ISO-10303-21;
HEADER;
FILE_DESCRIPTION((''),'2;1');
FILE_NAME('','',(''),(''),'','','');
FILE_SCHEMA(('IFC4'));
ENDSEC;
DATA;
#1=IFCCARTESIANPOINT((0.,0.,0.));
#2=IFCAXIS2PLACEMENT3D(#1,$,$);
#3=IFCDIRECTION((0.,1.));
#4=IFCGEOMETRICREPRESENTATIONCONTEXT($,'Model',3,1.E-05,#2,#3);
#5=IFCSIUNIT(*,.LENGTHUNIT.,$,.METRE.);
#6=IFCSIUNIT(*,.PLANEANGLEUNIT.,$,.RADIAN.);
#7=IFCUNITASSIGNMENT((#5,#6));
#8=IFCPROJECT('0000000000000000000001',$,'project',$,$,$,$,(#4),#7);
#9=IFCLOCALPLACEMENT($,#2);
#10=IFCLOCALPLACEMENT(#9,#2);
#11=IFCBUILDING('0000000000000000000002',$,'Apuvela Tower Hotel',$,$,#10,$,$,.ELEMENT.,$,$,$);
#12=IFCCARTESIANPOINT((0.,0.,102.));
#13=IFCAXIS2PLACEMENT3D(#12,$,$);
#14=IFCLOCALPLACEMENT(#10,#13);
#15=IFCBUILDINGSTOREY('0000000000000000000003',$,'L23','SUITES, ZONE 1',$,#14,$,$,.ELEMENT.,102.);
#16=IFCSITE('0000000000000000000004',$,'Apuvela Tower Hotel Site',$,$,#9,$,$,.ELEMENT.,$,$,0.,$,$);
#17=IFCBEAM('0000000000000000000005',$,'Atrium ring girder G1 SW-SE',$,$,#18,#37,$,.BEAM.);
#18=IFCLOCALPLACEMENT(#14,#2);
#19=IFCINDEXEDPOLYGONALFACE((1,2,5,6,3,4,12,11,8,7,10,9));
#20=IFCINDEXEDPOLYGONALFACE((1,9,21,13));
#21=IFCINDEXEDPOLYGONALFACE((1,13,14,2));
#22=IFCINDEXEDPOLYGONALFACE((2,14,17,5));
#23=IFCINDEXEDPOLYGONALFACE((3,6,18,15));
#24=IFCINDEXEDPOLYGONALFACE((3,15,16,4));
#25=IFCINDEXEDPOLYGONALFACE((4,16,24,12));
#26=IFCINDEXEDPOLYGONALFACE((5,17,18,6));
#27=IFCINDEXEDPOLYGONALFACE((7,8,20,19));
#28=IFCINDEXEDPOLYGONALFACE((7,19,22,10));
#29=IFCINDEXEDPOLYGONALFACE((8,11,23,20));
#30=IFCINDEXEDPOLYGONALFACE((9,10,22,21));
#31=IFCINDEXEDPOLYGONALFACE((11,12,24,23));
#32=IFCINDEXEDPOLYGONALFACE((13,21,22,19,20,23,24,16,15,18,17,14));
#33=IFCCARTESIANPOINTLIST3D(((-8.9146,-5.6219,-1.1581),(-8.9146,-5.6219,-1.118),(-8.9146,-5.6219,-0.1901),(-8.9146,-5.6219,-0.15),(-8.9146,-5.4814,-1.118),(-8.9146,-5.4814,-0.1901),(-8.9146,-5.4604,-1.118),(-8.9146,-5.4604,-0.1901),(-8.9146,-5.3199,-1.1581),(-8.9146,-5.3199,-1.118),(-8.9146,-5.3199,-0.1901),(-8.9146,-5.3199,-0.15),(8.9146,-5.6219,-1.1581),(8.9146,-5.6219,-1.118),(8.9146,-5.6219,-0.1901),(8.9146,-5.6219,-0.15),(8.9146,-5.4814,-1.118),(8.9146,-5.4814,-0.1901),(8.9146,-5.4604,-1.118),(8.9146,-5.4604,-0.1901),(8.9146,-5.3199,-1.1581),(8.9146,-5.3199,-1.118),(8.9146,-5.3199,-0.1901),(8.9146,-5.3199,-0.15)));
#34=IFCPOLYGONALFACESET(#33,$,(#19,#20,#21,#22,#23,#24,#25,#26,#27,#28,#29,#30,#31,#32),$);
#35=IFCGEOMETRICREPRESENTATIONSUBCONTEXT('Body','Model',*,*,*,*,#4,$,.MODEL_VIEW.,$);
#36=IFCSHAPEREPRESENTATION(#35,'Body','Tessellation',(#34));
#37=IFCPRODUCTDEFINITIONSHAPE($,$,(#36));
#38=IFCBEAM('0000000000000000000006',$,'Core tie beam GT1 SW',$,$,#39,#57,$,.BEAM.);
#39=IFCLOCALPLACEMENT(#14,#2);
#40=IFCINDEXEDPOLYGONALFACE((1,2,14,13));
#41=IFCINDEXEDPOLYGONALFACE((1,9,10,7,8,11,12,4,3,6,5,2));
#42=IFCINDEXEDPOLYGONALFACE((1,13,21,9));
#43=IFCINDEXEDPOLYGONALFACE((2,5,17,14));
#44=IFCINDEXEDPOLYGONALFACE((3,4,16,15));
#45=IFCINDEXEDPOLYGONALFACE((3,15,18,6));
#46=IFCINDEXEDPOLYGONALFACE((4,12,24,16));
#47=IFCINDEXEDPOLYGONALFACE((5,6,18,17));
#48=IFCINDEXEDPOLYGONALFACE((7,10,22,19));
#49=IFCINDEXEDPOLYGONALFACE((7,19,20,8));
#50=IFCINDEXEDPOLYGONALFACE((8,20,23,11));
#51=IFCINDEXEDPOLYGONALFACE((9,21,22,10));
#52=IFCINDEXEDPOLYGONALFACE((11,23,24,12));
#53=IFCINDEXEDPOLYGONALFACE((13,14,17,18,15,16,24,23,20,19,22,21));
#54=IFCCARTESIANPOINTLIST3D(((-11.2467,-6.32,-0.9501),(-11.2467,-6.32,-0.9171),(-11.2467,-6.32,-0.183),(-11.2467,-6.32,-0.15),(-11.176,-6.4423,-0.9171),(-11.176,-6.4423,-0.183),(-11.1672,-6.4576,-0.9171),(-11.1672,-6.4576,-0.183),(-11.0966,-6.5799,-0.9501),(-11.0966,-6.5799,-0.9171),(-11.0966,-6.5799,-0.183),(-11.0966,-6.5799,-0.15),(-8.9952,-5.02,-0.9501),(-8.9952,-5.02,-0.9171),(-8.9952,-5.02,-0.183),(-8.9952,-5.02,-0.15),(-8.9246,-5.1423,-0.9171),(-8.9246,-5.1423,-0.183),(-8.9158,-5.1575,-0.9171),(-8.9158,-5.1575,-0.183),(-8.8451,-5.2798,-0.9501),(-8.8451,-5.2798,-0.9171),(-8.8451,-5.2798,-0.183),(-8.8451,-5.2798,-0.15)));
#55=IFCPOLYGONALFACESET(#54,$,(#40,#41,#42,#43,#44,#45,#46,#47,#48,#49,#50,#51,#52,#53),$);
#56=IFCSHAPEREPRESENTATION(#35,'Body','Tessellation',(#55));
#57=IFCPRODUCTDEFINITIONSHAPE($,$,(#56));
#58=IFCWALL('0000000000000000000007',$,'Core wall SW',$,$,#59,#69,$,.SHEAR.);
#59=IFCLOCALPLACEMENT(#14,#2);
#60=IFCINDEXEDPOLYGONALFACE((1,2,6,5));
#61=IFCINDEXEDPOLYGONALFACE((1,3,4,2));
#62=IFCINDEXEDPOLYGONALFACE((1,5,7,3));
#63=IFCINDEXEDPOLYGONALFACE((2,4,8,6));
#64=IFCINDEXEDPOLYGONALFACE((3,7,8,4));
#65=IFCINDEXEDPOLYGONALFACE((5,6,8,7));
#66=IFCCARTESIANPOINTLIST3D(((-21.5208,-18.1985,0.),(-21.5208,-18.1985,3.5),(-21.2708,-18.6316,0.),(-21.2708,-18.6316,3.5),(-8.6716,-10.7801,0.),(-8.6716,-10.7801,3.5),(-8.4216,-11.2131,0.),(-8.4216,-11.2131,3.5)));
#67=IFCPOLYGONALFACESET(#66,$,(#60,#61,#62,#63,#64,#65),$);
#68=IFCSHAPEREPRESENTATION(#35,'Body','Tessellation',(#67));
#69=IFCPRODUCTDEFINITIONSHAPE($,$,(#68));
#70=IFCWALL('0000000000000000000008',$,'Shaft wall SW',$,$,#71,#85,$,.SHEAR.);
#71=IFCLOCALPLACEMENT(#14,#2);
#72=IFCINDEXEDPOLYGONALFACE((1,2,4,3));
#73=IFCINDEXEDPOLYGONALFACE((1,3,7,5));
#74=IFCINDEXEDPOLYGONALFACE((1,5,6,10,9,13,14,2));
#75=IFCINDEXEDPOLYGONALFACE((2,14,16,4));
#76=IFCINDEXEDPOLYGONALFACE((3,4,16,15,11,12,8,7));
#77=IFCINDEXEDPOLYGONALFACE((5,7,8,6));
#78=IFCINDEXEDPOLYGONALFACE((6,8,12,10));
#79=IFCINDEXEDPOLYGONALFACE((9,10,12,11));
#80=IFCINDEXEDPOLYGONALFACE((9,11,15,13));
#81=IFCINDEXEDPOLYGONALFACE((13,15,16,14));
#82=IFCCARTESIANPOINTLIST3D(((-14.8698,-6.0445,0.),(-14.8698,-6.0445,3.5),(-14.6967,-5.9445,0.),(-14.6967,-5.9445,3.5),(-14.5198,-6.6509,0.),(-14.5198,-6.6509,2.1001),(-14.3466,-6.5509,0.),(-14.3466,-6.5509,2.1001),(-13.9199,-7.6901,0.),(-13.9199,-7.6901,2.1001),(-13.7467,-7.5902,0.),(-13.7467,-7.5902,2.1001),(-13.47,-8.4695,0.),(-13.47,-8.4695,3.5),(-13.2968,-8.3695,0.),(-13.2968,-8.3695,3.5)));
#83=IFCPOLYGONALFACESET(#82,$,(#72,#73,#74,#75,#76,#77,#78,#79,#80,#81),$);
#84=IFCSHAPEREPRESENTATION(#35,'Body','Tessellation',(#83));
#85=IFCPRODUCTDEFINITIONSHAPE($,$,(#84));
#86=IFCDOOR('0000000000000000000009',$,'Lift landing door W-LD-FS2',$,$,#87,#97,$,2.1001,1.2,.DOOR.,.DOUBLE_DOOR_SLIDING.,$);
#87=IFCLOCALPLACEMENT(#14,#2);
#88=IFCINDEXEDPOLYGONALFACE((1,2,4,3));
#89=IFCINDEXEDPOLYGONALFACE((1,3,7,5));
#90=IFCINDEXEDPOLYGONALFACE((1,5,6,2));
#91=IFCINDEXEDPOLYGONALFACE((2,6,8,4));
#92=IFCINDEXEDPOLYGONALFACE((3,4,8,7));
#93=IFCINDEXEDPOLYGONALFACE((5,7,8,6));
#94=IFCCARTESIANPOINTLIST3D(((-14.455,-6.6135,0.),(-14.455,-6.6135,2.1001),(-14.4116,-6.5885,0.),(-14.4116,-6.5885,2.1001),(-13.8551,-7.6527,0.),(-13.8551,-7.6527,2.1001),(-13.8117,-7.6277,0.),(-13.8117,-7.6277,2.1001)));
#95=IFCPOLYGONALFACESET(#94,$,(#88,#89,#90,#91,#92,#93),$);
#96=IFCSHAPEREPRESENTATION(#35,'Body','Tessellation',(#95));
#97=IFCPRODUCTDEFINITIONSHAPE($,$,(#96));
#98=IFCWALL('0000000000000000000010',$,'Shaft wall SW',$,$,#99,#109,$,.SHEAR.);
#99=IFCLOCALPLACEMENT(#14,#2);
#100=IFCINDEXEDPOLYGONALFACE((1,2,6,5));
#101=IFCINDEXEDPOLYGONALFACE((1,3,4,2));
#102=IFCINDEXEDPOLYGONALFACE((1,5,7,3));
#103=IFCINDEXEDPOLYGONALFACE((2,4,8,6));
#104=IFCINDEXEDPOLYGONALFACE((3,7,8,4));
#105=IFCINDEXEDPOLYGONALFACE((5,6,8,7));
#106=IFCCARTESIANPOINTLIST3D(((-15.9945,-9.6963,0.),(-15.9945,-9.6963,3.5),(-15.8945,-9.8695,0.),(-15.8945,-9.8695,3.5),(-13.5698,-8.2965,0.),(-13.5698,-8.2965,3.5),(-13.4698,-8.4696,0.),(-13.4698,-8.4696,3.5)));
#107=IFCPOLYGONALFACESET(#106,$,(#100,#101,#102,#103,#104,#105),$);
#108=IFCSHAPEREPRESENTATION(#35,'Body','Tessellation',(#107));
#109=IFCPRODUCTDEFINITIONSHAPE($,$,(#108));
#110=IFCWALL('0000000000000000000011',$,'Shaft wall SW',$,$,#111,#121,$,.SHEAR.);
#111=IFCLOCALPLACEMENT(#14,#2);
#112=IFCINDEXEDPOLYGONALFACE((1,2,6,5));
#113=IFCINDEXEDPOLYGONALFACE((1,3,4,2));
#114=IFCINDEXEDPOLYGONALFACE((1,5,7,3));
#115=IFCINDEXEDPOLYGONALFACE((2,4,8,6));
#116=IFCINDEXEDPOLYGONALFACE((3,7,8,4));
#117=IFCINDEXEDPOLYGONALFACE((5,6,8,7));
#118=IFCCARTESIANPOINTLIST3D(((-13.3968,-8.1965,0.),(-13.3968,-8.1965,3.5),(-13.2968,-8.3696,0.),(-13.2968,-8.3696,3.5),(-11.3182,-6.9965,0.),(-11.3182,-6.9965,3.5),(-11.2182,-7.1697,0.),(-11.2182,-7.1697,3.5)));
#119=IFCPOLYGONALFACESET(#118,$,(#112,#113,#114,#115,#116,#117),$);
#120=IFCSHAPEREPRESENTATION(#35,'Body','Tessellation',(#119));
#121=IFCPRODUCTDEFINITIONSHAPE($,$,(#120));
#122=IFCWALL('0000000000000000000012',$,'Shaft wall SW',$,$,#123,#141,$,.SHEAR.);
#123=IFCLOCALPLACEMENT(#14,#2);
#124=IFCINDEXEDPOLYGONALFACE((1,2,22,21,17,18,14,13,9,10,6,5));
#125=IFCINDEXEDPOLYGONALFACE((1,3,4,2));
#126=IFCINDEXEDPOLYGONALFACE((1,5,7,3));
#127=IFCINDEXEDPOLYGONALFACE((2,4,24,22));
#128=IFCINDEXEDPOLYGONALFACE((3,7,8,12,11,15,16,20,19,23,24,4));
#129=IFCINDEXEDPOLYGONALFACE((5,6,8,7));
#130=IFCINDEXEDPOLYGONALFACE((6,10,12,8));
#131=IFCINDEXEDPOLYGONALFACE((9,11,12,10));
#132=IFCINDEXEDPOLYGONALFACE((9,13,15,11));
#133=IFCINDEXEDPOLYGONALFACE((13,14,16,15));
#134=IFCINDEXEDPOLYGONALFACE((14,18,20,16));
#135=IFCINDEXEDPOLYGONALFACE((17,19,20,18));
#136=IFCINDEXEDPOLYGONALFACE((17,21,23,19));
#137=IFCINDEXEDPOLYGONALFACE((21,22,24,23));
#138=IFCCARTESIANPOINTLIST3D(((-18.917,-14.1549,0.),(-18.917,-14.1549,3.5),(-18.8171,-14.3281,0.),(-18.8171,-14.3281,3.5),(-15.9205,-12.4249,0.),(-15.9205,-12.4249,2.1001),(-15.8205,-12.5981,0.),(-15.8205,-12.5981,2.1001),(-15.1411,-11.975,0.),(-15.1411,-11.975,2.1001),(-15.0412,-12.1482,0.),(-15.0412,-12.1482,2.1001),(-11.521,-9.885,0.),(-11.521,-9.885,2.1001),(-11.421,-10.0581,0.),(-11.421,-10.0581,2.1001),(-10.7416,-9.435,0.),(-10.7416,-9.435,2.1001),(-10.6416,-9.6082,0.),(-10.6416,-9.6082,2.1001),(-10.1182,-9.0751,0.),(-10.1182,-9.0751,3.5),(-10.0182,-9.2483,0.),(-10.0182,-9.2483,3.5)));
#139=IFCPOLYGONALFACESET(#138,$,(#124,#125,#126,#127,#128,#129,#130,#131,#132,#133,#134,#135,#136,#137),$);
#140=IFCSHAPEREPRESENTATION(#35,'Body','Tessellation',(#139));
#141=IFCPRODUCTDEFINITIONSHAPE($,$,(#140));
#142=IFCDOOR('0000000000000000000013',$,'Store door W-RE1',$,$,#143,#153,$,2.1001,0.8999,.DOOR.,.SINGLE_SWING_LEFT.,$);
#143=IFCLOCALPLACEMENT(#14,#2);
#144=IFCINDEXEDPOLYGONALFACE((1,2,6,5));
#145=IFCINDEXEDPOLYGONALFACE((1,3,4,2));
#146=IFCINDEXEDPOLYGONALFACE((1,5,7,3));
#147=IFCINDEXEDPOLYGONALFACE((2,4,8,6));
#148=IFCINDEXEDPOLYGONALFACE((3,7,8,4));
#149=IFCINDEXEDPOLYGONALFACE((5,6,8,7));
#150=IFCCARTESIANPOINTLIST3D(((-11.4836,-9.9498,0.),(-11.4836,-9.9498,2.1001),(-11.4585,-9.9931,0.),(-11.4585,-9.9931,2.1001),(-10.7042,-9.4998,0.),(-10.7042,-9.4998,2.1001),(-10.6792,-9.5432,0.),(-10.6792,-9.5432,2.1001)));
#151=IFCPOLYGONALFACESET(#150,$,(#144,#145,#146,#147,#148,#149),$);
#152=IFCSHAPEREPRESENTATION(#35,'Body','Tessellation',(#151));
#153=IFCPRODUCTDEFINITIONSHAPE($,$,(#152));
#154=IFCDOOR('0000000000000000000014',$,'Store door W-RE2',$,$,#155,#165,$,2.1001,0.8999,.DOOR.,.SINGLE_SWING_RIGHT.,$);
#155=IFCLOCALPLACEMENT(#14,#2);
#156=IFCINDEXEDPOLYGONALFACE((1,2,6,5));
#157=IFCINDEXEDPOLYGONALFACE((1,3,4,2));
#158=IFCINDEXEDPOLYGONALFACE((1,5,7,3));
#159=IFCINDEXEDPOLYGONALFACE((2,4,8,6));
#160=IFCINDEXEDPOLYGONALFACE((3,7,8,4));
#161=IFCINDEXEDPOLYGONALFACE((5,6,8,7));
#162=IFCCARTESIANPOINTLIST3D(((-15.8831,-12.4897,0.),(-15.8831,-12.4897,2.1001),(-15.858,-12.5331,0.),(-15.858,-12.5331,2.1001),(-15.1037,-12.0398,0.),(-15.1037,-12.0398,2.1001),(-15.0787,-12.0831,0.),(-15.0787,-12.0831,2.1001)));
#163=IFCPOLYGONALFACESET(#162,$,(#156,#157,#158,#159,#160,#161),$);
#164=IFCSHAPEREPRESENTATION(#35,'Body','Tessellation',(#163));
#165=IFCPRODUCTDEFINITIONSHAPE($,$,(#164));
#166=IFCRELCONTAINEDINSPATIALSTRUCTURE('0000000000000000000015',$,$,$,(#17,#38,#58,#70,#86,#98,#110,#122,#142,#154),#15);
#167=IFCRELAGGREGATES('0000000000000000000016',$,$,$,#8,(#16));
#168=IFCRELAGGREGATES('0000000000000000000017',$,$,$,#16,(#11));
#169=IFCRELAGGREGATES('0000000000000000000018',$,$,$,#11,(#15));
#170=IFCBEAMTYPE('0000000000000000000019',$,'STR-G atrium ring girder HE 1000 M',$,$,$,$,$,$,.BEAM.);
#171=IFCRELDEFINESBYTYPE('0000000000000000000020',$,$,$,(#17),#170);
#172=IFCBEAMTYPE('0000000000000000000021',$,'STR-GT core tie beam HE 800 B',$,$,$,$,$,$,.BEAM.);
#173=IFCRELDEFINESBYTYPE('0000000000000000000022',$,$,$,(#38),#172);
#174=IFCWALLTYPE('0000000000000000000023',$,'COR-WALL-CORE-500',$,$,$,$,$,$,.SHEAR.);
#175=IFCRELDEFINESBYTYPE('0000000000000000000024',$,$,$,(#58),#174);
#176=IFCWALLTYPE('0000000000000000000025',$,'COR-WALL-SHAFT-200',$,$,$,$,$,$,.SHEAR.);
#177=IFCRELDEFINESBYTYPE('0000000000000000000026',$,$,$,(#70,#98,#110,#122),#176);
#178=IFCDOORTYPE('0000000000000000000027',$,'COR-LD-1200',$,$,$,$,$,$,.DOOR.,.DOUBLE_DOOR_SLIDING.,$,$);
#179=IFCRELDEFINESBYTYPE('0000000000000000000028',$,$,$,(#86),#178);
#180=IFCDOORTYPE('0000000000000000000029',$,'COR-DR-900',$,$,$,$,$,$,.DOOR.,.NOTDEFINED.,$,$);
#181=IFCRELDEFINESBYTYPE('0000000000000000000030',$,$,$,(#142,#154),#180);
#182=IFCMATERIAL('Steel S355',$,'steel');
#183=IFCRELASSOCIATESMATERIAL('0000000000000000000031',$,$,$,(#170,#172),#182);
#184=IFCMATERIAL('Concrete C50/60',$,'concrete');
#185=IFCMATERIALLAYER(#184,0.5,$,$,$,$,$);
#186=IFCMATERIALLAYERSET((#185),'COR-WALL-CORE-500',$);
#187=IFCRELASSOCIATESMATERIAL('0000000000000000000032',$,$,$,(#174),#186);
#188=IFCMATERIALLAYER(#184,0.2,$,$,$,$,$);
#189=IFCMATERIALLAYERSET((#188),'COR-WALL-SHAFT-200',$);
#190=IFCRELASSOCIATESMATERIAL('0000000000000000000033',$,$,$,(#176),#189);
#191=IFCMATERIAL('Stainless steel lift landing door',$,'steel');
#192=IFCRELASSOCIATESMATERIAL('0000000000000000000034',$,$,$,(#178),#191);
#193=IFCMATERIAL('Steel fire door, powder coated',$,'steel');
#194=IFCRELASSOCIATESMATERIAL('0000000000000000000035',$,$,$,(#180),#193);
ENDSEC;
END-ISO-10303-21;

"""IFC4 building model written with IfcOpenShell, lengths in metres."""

from ifc_helpers import new_model, si_unit, direction, frame, frame_2d, origin, origin_2d, place, context, subcontext, project, spatial, rectangle, i_section, extrude, material, layer, layer_set, material_profile, profile_set, type_object, element, fill, save


model = new_model("IFC4")

# Units and contexts
model_context = context("Model", 3, precision=1e-05, world=origin(), true_north=direction((0.0, 1.0)))
body_context = subcontext(model_context, "Body", "Model", "MODEL_VIEW")
ifc_project = project(units=[si_unit("LENGTHUNIT", "METRE"), si_unit("PLANEANGLEUNIT", "RADIAN")], contexts=[model_context])

# Site, building, storey
site_placement = place(None, origin())
site = spatial("IfcSite", under=ifc_project, at=site_placement, Name="Apuvela Tower Hotel Site", CompositionType="ELEMENT", RefElevation=0.0)
building_placement = place(site_placement, origin())
building = spatial("IfcBuilding", under=site, at=building_placement, Name="Apuvela Tower Hotel", CompositionType="ELEMENT")
storey_placement = place(building_placement, frame((0.0, 0.0, 102.0)))
storey = spatial("IfcBuildingStorey", under=building, at=storey_placement, Name="L23", Description="SUITES, ZONE 1", CompositionType="ELEMENT", Elevation=102.0)

# Beams
ifc_material_1 = material(Name="Steel S355", Category="steel")
ifc_material_profile_1 = material_profile(ifc_material_1, i_section(OverallWidth=0.302, OverallDepth=1.0081, WebThickness=0.021, FlangeThickness=0.04, at=origin_2d()), Name="HE 1000 M")
ifc_profile_set_1 = profile_set([ifc_material_profile_1], Name="Steel S355")
beam_type_1 = type_object("IfcBeamType", Name="STR-G atrium ring girder HE 1000 M", PredefinedType="BEAM", material=ifc_profile_set_1)
beam_1_placement = place(storey_placement, frame((-8.9146, -5.4709, -0.6541), z_axis=(1.0, 0.0, 0.0), x_axis=(0.0, 1.0, 0.0)))
element("IfcBeam", 1, at=beam_1_placement, inside=storey, type_object=beam_type_1, Name="Atrium ring girder G1 SW-SE", PredefinedType="BEAM", context=body_context, shape_type="SweptSolid", body=[
    extrude(i_section(OverallWidth=0.302, OverallDepth=1.0081, WebThickness=0.021, FlangeThickness=0.04, at=origin_2d()), origin(), (0.0, 0.0, 1.0), 17.8291),
])
ifc_material_profile_2 = material_profile(ifc_material_1, i_section(OverallWidth=0.3, OverallDepth=0.8, WebThickness=0.0176, FlangeThickness=0.033, at=origin_2d()), Name="HE 800 B")
ifc_profile_set_2 = profile_set([ifc_material_profile_2], Name="Steel S355")
beam_type_2 = type_object("IfcBeamType", Name="STR-GT core tie beam HE 800 B", PredefinedType="BEAM", material=ifc_profile_set_2)
beam_2_placement = place(storey_placement, frame((-11.1716, -6.45, -0.55), z_axis=(0.865998, 0.500048, 0.0), x_axis=(-0.500048, 0.865998, 0.0)))
element("IfcBeam", 2, at=beam_2_placement, inside=storey, type_object=beam_type_2, Name="Core tie beam GT1 SW", PredefinedType="BEAM", context=body_context, shape_type="SweptSolid", body=[
    extrude(i_section(OverallWidth=0.3, OverallDepth=0.8, WebThickness=0.0176, FlangeThickness=0.033, at=origin_2d()), origin(), (0.0, 0.0, 1.0), 2.5999),
])

# Wall
ifc_material_2 = material(Name="Concrete C50/60", Category="concrete")
ifc_layer_1 = layer(ifc_material_2, 0.5)
ifc_layer_set_1 = layer_set([ifc_layer_1], Name="COR-WALL-CORE-500")
wall_type_1 = type_object("IfcWallType", Name="COR-WALL-CORE-500", PredefinedType="SHEAR", material=ifc_layer_set_1)
wall_1_placement = place(storey_placement, frame((-8.5466, -10.9966, 0.0), z_axis=(0.0, 0.0, 1.0), x_axis=(-0.866025, -0.500001, 0.0)))
element("IfcWall", 3, at=wall_1_placement, inside=storey, type_object=wall_type_1, Name="Core wall SW", PredefinedType="SHEAR", context=body_context, shape_type="SweptSolid", body=[
    extrude(rectangle(XDim=14.8369, YDim=0.5, at=frame_2d((7.4185, 0.0))), origin(), (0.0, 0.0, 1.0), 3.5),
])

# Wall, opening, door
ifc_layer_2 = layer(ifc_material_2, 0.2)
ifc_layer_set_2 = layer_set([ifc_layer_2], Name="COR-WALL-SHAFT-200")
wall_type_2 = type_object("IfcWallType", Name="COR-WALL-SHAFT-200", PredefinedType="SHEAR", material=ifc_layer_set_2)
wall_2_placement = place(storey_placement, frame((-14.7832, -5.9946, 0.0), z_axis=(0.0, 0.0, 1.0), x_axis=(0.499946, -0.866056, 0.0)))
wall_2 = element("IfcWall", 4, at=wall_2_placement, inside=storey, type_object=wall_type_2, Name="Shaft wall SW", PredefinedType="SHEAR", context=body_context, shape_type="SweptSolid", body=[
    extrude(rectangle(XDim=2.8, YDim=0.2, at=frame_2d((1.3999, 0.0))), origin(), (0.0, 0.0, 1.0), 3.5),
])
opening_1_placement = place(wall_2_placement, frame((0.7, 0.0, 0.0)))
opening_1 = element("IfcOpeningElement", 5, at=opening_1_placement, cuts=wall_2, PredefinedType="OPENING", context=body_context, shape_type="SweptSolid", body=[
    extrude(rectangle(XDim=1.2, YDim=2.1001, at=frame_2d((0.6001, 1.05))), frame((0.0, 0.1099, 0.0), z_axis=(0.0, -1.0, 0.0), x_axis=(1.0, 0.0, 0.0)), (0.0, 0.0, 1.0), 0.22),
])
ifc_material_3 = material(Name="Stainless steel lift landing door", Category="steel")
door_type_1 = type_object("IfcDoorType", Name="COR-LD-1200", OperationType="DOUBLE_DOOR_SLIDING", PredefinedType="DOOR", material=ifc_material_3)
door_1_placement = place(opening_1_placement, origin())
door_1 = element("IfcDoor", 6, at=door_1_placement, inside=storey, type_object=door_type_1, Name="Lift landing door W-LD-FS2", OperationType="DOUBLE_DOOR_SLIDING", OverallHeight=2.1001, OverallWidth=1.2, PredefinedType="DOOR", context=body_context, shape_type="SweptSolid", body=[
    extrude(rectangle(XDim=1.2, YDim=2.1001, at=frame_2d((0.6001, 1.05))), frame((0.0, 0.0249, 0.0), z_axis=(0.0, -1.0, 0.0), x_axis=(1.0, 0.0, 0.0)), (0.0, 0.0, 1.0), 0.05),
])
fill(opening_1, door_1)

# Walls
wall_3_placement = place(storey_placement, frame((-13.5198, -8.3831, 0.0), z_axis=(0.0, 0.0, 1.0), x_axis=(-0.866035, -0.499984, 0.0)))
element("IfcWall", 7, at=wall_3_placement, inside=storey, type_object=wall_type_2, Name="Shaft wall SW", PredefinedType="SHEAR", context=body_context, shape_type="SweptSolid", body=[
    extrude(rectangle(XDim=2.7998, YDim=0.2, at=frame_2d((1.3999, 0.0))), origin(), (0.0, 0.0, 1.0), 3.5),
])
wall_4_placement = place(storey_placement, frame((-11.2681, -7.083, 0.0), z_axis=(0.0, 0.0, 1.0), x_axis=(-0.86605, -0.499957, 0.0)))
element("IfcWall", 8, at=wall_4_placement, inside=storey, type_object=wall_type_2, Name="Shaft wall SW", PredefinedType="SHEAR", context=body_context, shape_type="SweptSolid", body=[
    extrude(rectangle(XDim=2.4001, YDim=0.2, at=frame_2d((1.2002, 0.0))), origin(), (0.0, 0.0, 1.0), 3.5),
])

# Wall, openings, doors
wall_5_placement = place(storey_placement, frame((-10.0681, -9.1616, 0.0), z_axis=(0.0, 0.0, 1.0), x_axis=(-0.866033, -0.499987, 0.0)))
wall_5 = element("IfcWall", 9, at=wall_5_placement, inside=storey, type_object=wall_type_2, Name="Shaft wall SW", PredefinedType="SHEAR", context=body_context, shape_type="SweptSolid", body=[
    extrude(rectangle(XDim=10.1599, YDim=0.2, at=frame_2d((5.0801, 0.0))), origin(), (0.0, 0.0, 1.0), 3.5),
])
opening_2_placement = place(wall_5_placement, frame((0.72, 0.0, 0.0)))
opening_2 = element("IfcOpeningElement", 10, at=opening_2_placement, cuts=wall_5, PredefinedType="OPENING", context=body_context, shape_type="SweptSolid", body=[
    extrude(rectangle(XDim=0.8999, YDim=2.1001, at=frame_2d((0.45, 1.05))), frame((0.0, 0.1099, 0.0), z_axis=(0.0, -1.0, 0.0), x_axis=(1.0, 0.0, 0.0)), (0.0, 0.0, 1.0), 0.22),
])
opening_3_placement = place(wall_5_placement, frame((5.8, 0.0, 0.0)))
opening_3 = element("IfcOpeningElement", 11, at=opening_3_placement, cuts=wall_5, PredefinedType="OPENING", context=body_context, shape_type="SweptSolid", body=[
    extrude(rectangle(XDim=0.8999, YDim=2.1001, at=frame_2d((0.45, 1.05))), frame((0.0, 0.1099, 0.0), z_axis=(0.0, -1.0, 0.0), x_axis=(1.0, 0.0, 0.0)), (0.0, 0.0, 1.0), 0.22),
])
ifc_material_4 = material(Name="Steel fire door, powder coated", Category="steel")
door_type_2 = type_object("IfcDoorType", Name="COR-DR-900", OperationType="NOTDEFINED", PredefinedType="DOOR", material=ifc_material_4)
door_2_placement = place(opening_2_placement, origin())
door_2 = element("IfcDoor", 12, at=door_2_placement, inside=storey, type_object=door_type_2, Name="Store door W-RE1", OperationType="SINGLE_SWING_LEFT", OverallHeight=2.1001, OverallWidth=0.8999, PredefinedType="DOOR", context=body_context, shape_type="SweptSolid", body=[
    extrude(rectangle(XDim=0.8999, YDim=2.1001, at=frame_2d((0.45, 1.05))), frame((0.0, 0.0249, 0.0), z_axis=(0.0, -1.0, 0.0), x_axis=(1.0, 0.0, 0.0)), (0.0, 0.0, 1.0), 0.05),
])
fill(opening_2, door_2)
door_3_placement = place(opening_3_placement, origin())
door_3 = element("IfcDoor", 13, at=door_3_placement, inside=storey, type_object=door_type_2, Name="Store door W-RE2", OperationType="SINGLE_SWING_RIGHT", OverallHeight=2.1001, OverallWidth=0.8999, PredefinedType="DOOR", context=body_context, shape_type="SweptSolid", body=[
    extrude(rectangle(XDim=0.8999, YDim=2.1001, at=frame_2d((0.45, 1.05))), frame((0.0, 0.0249, 0.0), z_axis=(0.0, -1.0, 0.0), x_axis=(1.0, 0.0, 0.0)), (0.0, 0.0, 1.0), 0.05),
])
fill(opening_3, door_3)

save(model, "model.ifc")
